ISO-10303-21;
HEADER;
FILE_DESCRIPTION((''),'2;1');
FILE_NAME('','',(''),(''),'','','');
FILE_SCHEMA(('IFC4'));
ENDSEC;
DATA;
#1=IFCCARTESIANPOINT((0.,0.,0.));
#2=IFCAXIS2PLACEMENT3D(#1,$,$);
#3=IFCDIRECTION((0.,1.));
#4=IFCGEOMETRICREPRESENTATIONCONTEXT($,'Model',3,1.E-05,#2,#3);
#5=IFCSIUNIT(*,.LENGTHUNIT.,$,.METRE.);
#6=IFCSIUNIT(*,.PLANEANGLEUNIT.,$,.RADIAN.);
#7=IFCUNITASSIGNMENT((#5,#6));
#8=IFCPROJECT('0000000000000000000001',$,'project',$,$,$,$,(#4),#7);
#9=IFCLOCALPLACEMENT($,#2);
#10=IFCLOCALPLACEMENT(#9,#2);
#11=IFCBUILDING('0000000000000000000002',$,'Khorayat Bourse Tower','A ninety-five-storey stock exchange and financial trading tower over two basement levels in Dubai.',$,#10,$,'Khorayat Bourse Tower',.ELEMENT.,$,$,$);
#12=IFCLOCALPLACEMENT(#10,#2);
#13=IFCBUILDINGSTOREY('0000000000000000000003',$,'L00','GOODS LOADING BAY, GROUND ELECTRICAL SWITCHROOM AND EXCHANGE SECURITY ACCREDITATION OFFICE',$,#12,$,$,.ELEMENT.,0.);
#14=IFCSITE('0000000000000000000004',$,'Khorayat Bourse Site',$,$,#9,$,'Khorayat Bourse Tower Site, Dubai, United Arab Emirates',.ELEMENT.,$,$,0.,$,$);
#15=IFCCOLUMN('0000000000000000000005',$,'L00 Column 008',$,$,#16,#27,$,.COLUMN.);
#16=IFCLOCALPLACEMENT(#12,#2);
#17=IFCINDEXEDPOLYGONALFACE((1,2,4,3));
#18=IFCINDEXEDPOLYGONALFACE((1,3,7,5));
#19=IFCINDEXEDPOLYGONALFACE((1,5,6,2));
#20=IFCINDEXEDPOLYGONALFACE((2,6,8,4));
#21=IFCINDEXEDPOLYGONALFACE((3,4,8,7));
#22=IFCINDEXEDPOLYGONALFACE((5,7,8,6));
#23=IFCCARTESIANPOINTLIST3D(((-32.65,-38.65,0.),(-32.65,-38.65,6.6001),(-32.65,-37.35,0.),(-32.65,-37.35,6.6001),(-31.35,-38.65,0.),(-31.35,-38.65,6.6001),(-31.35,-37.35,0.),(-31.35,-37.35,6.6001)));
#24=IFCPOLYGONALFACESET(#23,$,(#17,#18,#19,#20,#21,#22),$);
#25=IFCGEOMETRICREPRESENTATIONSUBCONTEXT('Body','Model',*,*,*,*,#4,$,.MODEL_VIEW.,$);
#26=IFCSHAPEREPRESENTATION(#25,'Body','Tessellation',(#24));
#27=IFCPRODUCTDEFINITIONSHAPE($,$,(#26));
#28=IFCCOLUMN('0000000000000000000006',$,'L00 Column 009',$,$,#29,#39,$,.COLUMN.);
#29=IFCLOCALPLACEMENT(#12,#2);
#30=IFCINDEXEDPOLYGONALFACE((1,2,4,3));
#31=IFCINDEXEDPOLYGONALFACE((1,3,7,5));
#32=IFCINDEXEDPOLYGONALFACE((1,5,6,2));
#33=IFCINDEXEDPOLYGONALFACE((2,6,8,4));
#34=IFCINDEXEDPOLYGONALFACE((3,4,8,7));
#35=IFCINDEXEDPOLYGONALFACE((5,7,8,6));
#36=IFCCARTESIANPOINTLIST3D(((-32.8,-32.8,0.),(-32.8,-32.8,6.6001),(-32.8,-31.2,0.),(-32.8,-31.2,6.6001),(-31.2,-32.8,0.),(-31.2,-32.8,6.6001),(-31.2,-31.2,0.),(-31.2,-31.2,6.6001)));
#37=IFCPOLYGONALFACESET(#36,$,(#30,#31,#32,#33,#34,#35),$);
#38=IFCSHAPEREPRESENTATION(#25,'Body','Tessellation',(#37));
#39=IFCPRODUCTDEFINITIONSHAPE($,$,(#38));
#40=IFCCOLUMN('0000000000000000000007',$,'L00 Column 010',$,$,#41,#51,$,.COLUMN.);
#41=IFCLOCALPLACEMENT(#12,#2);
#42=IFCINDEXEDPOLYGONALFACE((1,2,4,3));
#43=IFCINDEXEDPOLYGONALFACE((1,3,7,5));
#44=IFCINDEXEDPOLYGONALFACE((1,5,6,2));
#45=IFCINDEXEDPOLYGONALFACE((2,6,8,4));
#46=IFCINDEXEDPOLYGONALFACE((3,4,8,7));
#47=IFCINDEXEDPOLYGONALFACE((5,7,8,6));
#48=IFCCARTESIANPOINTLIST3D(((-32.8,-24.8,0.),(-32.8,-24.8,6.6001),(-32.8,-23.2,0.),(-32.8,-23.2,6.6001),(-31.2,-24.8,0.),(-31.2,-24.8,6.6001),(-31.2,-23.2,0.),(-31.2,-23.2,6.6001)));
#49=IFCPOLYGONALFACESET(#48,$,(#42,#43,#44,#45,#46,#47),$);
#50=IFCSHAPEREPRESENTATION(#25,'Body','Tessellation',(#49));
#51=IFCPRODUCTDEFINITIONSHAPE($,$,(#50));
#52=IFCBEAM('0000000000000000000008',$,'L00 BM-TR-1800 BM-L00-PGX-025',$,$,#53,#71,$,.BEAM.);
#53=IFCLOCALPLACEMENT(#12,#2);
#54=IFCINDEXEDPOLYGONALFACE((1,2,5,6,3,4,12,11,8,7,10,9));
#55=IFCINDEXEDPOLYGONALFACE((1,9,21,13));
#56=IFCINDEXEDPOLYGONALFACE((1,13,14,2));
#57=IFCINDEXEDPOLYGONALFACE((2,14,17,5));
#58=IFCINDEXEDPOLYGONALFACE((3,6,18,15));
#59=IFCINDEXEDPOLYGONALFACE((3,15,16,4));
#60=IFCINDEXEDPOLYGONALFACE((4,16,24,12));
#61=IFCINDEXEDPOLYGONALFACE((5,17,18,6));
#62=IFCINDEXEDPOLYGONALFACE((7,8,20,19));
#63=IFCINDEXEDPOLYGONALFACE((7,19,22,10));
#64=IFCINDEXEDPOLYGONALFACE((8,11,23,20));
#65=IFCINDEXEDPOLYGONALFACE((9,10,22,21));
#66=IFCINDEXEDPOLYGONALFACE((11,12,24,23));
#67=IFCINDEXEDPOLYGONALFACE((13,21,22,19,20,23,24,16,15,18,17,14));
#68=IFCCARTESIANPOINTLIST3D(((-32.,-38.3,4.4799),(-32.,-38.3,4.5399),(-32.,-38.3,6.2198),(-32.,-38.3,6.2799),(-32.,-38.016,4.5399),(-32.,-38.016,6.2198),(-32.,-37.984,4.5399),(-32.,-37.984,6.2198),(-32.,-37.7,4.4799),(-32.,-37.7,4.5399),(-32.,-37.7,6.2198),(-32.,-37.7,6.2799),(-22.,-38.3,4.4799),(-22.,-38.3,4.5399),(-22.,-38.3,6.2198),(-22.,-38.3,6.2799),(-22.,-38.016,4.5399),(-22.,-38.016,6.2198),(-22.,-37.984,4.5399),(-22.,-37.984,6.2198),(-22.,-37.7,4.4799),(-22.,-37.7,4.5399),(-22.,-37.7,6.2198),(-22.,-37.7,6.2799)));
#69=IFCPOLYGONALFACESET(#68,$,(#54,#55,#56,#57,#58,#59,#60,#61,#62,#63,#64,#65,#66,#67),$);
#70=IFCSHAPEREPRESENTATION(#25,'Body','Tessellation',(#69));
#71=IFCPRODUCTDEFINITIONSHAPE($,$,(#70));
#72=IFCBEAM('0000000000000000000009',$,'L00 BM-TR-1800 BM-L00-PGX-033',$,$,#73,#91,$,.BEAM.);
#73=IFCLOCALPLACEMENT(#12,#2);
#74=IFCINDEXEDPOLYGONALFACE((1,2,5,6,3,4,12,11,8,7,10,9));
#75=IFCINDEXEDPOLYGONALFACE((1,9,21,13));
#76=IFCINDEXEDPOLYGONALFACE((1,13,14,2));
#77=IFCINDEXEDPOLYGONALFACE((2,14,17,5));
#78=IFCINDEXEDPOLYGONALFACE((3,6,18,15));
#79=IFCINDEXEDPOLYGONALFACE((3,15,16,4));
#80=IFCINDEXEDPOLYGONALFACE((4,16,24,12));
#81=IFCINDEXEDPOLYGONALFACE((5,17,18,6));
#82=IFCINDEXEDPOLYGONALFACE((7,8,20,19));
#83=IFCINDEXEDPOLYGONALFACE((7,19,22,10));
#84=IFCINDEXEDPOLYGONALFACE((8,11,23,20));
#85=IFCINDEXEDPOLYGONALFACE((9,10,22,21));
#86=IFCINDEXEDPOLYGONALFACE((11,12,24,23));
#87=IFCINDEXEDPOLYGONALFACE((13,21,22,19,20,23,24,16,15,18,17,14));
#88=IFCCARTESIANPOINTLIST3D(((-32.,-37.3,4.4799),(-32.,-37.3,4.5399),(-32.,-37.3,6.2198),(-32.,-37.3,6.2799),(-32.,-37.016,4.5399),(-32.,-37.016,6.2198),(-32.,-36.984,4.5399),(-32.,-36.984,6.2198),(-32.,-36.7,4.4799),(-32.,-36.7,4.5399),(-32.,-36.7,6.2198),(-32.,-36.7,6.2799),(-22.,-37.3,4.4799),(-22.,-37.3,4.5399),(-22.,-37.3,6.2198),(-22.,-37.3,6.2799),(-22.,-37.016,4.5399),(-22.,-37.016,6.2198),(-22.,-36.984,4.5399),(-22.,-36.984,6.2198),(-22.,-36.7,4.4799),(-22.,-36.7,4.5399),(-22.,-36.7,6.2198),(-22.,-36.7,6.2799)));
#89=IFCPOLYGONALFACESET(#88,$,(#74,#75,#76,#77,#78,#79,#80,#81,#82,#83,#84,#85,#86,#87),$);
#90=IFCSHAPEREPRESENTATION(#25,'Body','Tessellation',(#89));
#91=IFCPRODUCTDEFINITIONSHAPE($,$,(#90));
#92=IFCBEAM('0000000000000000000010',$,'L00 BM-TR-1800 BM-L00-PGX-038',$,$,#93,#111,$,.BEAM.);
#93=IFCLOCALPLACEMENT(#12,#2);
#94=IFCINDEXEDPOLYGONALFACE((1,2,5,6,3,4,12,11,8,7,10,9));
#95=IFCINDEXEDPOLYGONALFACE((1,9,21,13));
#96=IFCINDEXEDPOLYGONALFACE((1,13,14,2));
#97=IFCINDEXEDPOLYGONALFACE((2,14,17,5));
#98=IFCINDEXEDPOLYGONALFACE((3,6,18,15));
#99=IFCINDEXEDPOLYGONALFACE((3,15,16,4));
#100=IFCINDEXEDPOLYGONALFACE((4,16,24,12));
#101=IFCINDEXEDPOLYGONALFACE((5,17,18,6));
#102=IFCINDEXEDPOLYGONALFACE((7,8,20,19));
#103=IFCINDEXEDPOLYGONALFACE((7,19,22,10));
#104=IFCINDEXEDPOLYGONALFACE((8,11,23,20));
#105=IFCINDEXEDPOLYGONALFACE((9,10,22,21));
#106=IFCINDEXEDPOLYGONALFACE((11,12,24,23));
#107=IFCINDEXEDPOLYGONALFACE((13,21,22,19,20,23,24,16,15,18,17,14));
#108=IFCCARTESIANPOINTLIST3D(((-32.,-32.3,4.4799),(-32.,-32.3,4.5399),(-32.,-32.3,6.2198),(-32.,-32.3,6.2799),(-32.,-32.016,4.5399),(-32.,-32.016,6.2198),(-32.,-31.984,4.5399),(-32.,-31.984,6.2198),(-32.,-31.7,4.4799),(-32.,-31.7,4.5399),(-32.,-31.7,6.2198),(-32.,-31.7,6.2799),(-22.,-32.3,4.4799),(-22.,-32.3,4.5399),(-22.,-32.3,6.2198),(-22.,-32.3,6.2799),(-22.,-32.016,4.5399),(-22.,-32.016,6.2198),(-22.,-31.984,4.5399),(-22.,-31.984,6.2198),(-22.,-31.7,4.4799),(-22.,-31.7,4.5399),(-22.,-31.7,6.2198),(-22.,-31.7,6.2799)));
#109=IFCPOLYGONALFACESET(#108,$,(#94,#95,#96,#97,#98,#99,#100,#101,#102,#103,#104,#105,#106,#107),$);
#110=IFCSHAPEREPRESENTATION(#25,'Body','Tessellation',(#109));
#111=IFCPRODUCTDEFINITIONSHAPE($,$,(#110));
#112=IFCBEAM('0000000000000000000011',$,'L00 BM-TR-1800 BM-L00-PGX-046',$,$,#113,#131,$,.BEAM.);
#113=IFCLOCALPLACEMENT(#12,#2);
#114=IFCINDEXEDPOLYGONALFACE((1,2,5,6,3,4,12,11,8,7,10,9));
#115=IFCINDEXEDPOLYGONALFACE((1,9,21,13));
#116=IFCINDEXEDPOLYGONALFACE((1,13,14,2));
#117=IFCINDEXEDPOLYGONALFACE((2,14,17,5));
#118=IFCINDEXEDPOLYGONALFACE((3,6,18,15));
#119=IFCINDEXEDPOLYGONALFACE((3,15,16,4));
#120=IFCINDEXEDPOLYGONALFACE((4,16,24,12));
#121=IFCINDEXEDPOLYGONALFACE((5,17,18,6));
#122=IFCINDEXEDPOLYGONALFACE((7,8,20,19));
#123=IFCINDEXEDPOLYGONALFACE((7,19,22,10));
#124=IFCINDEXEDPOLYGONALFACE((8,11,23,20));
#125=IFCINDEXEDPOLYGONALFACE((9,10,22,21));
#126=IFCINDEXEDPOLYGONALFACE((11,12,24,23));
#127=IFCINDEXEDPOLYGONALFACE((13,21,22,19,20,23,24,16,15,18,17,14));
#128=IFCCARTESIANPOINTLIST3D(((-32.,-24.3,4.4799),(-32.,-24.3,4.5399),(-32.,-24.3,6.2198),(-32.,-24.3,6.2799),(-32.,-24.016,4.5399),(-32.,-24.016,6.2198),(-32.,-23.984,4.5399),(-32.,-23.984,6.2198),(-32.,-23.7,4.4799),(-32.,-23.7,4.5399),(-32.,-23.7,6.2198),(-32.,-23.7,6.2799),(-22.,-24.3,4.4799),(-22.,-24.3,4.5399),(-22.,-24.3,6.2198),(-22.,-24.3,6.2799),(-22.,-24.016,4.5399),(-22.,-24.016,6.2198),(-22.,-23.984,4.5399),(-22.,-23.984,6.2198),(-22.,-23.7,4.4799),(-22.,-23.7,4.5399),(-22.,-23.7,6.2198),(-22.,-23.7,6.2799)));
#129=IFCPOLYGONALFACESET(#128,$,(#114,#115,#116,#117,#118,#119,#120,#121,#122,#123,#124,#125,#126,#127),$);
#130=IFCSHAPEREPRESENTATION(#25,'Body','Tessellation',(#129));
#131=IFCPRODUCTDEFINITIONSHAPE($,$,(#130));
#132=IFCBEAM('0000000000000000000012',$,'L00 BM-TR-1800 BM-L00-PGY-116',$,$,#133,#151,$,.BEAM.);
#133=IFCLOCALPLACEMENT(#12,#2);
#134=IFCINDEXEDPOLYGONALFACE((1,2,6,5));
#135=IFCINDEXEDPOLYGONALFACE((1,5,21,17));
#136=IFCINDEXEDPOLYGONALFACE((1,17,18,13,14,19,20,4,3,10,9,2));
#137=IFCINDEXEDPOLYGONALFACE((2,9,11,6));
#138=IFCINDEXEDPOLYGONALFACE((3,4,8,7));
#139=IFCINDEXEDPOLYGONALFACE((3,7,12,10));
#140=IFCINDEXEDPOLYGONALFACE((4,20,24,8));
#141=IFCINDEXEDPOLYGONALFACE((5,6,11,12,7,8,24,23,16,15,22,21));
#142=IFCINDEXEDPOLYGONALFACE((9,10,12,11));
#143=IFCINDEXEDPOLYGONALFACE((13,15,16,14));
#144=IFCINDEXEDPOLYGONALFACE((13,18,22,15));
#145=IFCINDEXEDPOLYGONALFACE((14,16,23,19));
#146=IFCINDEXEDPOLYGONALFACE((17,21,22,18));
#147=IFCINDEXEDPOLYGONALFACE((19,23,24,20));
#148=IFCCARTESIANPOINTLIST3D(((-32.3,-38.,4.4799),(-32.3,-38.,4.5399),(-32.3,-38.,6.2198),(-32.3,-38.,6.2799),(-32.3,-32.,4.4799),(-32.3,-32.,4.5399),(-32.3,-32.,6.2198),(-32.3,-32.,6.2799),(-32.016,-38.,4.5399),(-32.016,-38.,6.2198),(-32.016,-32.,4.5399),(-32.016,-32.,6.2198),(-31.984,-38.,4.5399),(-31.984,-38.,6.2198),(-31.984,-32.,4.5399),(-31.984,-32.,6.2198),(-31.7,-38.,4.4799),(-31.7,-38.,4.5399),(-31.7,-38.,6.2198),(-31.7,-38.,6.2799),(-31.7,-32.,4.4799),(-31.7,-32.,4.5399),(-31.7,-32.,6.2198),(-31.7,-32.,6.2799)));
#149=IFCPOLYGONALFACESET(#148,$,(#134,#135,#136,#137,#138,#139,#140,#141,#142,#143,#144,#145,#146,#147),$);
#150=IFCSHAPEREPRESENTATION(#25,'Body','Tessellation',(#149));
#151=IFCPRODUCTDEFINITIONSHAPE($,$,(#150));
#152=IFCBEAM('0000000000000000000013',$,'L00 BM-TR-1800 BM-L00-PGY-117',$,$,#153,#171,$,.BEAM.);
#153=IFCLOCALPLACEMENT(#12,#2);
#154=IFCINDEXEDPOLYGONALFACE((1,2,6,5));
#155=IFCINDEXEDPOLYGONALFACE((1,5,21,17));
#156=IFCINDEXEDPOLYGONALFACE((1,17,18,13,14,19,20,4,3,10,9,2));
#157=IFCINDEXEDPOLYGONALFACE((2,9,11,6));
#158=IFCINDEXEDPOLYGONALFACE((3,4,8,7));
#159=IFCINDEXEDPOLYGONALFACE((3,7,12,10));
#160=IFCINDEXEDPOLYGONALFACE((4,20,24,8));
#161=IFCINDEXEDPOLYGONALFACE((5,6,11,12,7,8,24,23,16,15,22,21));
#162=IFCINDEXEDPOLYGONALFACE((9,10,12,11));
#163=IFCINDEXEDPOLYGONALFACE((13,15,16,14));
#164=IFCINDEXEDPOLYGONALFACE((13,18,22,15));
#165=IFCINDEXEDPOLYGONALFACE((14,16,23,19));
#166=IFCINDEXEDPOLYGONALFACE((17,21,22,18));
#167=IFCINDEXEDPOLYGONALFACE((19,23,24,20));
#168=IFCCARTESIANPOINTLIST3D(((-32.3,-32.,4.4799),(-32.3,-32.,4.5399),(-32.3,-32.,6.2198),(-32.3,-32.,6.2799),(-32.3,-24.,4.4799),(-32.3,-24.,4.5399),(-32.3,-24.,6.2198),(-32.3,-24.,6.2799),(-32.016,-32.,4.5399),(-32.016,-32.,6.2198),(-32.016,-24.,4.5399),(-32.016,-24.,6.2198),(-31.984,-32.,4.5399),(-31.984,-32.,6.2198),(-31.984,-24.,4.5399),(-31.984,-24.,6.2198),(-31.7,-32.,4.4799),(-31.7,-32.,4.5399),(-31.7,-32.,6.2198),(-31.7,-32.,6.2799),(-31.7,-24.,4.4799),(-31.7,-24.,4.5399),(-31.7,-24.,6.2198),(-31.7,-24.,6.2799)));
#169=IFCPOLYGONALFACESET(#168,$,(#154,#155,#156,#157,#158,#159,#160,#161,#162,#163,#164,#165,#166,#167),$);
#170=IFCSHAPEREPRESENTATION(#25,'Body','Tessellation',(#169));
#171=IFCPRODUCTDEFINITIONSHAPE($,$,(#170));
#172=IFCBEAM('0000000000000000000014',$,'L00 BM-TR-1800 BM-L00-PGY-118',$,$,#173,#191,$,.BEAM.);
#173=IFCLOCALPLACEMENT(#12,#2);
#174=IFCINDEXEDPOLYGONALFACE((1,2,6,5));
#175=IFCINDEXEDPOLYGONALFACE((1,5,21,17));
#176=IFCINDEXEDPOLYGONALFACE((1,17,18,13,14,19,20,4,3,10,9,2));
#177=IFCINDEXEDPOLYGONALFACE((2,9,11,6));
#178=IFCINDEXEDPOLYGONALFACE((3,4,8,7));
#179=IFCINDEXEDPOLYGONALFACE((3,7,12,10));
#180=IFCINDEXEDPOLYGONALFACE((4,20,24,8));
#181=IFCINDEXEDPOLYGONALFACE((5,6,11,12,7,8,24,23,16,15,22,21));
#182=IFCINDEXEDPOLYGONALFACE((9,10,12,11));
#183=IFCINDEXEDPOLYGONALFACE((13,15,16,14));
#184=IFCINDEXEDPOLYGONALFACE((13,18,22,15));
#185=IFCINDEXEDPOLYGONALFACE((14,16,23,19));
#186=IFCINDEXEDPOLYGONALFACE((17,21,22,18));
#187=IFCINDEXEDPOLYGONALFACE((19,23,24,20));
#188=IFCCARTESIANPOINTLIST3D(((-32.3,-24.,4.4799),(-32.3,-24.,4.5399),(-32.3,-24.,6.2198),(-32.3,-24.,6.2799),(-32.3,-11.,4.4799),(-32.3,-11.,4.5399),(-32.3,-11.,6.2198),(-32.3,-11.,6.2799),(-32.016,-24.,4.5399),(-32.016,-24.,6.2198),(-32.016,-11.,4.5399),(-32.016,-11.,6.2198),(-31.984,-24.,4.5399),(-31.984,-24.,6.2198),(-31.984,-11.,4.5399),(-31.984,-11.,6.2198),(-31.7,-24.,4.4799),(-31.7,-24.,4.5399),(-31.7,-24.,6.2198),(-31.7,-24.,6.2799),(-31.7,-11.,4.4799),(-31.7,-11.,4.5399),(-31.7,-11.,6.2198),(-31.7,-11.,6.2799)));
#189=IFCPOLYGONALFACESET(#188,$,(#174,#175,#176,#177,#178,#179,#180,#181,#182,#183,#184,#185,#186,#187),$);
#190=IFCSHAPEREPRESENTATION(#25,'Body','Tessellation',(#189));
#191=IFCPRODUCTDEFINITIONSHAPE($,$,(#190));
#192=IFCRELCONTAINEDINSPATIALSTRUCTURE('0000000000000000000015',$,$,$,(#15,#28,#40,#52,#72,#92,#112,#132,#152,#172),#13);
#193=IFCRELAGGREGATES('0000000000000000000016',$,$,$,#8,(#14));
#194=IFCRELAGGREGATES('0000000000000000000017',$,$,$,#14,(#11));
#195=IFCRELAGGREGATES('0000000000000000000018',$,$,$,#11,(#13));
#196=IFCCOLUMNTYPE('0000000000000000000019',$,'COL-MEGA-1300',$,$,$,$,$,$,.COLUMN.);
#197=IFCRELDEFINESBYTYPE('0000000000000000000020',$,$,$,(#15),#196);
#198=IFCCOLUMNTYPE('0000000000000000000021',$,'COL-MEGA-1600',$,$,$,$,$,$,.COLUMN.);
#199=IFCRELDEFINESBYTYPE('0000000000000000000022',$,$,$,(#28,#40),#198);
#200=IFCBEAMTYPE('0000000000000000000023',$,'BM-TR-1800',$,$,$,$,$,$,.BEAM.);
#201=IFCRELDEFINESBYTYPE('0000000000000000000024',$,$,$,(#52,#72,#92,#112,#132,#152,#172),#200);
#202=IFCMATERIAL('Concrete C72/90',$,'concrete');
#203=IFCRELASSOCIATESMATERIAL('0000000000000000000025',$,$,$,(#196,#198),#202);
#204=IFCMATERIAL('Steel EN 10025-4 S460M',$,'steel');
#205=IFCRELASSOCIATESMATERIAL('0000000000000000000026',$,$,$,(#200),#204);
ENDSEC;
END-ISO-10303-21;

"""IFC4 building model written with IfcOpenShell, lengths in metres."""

from ifc_helpers import new_model, si_unit, direction, frame, origin, origin_2d, place, context, subcontext, project, spatial, rectangle, i_section, extrude, source, transform, mapped, material, material_profile, profile_set, type_object, element, save


model = new_model("IFC4")

# Units and contexts
model_context = context("Model", 3, precision=1e-05, world=origin(), true_north=direction((0.0, 1.0)))
body_context = subcontext(model_context, "Body", "Model", "MODEL_VIEW")
ifc_project = project(units=[si_unit("LENGTHUNIT", "METRE"), si_unit("PLANEANGLEUNIT", "RADIAN")], contexts=[model_context])

# Site, building, storey
site_placement = place(None, origin())
site = spatial("IfcSite", under=ifc_project, at=site_placement, Name="Khorayat Bourse Site", LongName="Khorayat Bourse Tower Site, Dubai, United Arab Emirates", CompositionType="ELEMENT", RefElevation=0.0)
building_placement = place(site_placement, origin())
building = spatial("IfcBuilding", under=site, at=building_placement, Name="Khorayat Bourse Tower", Description="A ninety-five-storey stock exchange and financial trading tower over two basement levels in Dubai.", LongName="Khorayat Bourse Tower", CompositionType="ELEMENT")
storey_placement = place(building_placement, origin())
storey = spatial("IfcBuildingStorey", under=building, at=storey_placement, Name="L00", Description="GOODS LOADING BAY, GROUND ELECTRICAL SWITCHROOM AND EXCHANGE SECURITY ACCREDITATION OFFICE", CompositionType="ELEMENT", Elevation=0.0)

# Columns
ifc_material_1 = material(Name="Concrete C72/90", Category="concrete")
ifc_material_profile_1 = material_profile(ifc_material_1, rectangle(XDim=1.3, YDim=1.3, at=origin_2d()), Name="RC 1300x1300")
ifc_profile_set_1 = profile_set([ifc_material_profile_1], Name="Concrete C72/90")
column_type_1 = type_object("IfcColumnType", Name="COL-MEGA-1300", PredefinedType="COLUMN", material=ifc_profile_set_1)
shared_shape_1 = source(origin(), body_context, "Body", "SweptSolid", [
    extrude(rectangle(XDim=1.3, YDim=1.3, at=origin_2d()), origin(), (0.0, 0.0, 1.0), 6.6001),
])
column_placement = place(storey_placement, frame((-32.0, -38.0, 0.0), z_axis=(0.0, 0.0, 1.0), x_axis=(1.0, 0.0, 0.0)))
element("IfcColumn", 1, at=column_placement, inside=storey, type_object=column_type_1, Name="L00 Column 008", PredefinedType="COLUMN", context=body_context, shape_type="MappedRepresentation", body=[
    mapped(shared_shape_1, transform((0.0, 0.0, 0.0), scale=1.0)),
])
ifc_material_profile_2 = material_profile(ifc_material_1, rectangle(XDim=1.6001, YDim=1.6001, at=origin_2d()), Name="RC 1600x1600")
ifc_profile_set_2 = profile_set([ifc_material_profile_2], Name="Concrete C72/90")
column_type_2 = type_object("IfcColumnType", Name="COL-MEGA-1600", PredefinedType="COLUMN", material=ifc_profile_set_2)
shared_shape_2 = source(origin(), body_context, "Body", "SweptSolid", [
    extrude(rectangle(XDim=1.6001, YDim=1.6001, at=origin_2d()), origin(), (0.0, 0.0, 1.0), 6.6001),
])
for number, where, z_axis, x_axis, name in (
    (2, (-32.0, -32.0, 0.0), (0.0, 0.0, 1.0), (1.0, 0.0, 0.0), "L00 Column 009"),
    (3, (-32.0, -24.0, 0.0), (0.0, 0.0, 1.0), (1.0, 0.0, 0.0), "L00 Column 010"),
):
    element("IfcColumn", number, at=place(storey_placement, frame(where, z_axis=z_axis, x_axis=x_axis)), inside=storey, type_object=column_type_2, Name=name, PredefinedType="COLUMN", context=body_context, shape_type="MappedRepresentation", body=[
        mapped(shared_shape_2, transform((0.0, 0.0, 0.0), scale=1.0)),
    ])

# Beams
ifc_material_2 = material(Name="Steel EN 10025-4 S460M", Category="steel")
ifc_material_profile_3 = material_profile(ifc_material_2, i_section(OverallWidth=0.6001, OverallDepth=1.8, WebThickness=0.032, FlangeThickness=0.0601, at=origin_2d()), Name="PG 1800x600x32x60")
ifc_profile_set_3 = profile_set([ifc_material_profile_3], Name="Steel EN 10025-4 S460M")
beam_type = type_object("IfcBeamType", Name="BM-TR-1800", PredefinedType="BEAM", material=ifc_profile_set_3)
shared_shape_3 = source(origin(), body_context, "Body", "SweptSolid", [
    extrude(i_section(OverallWidth=0.6001, OverallDepth=1.8, WebThickness=0.032, FlangeThickness=0.0601, at=origin_2d()), origin(), (0.0, 0.0, 1.0), 10.0),
])
for number, where, z_axis, x_axis, name in (
    (4, (-32.0, -38.0, 5.3799), (1.0, 0.0, 0.0), (0.0, 1.0, 0.0), "L00 BM-TR-1800 BM-L00-PGX-025"),
    (5, (-32.0, -37.0, 5.3799), (1.0, 0.0, 0.0), (0.0, 1.0, 0.0), "L00 BM-TR-1800 BM-L00-PGX-033"),
    (6, (-32.0, -32.0, 5.3799), (1.0, 0.0, 0.0), (0.0, 1.0, 0.0), "L00 BM-TR-1800 BM-L00-PGX-038"),
    (7, (-32.0, -24.0, 5.3799), (1.0, 0.0, 0.0), (0.0, 1.0, 0.0), "L00 BM-TR-1800 BM-L00-PGX-046"),
):
    element("IfcBeam", number, at=place(storey_placement, frame(where, z_axis=z_axis, x_axis=x_axis)), inside=storey, type_object=beam_type, Name=name, PredefinedType="BEAM", context=body_context, shape_type="MappedRepresentation", body=[
        mapped(shared_shape_3, transform((0.0, 0.0, 0.0), scale=1.0)),
    ])
shared_shape_4 = source(origin(), body_context, "Body", "SweptSolid", [
    extrude(i_section(OverallWidth=0.6001, OverallDepth=1.8, WebThickness=0.032, FlangeThickness=0.0601, at=origin_2d()), origin(), (0.0, 0.0, 1.0), 6.0),
])
beam_1_placement = place(storey_placement, frame((-32.0, -38.0, 5.3799), z_axis=(0.0, 1.0, 0.0), x_axis=(-1.0, 0.0, 0.0)))
element("IfcBeam", 8, at=beam_1_placement, inside=storey, type_object=beam_type, Name="L00 BM-TR-1800 BM-L00-PGY-116", PredefinedType="BEAM", context=body_context, shape_type="MappedRepresentation", body=[
    mapped(shared_shape_4, transform((0.0, 0.0, 0.0), scale=1.0)),
])
shared_shape_5 = source(origin(), body_context, "Body", "SweptSolid", [
    extrude(i_section(OverallWidth=0.6001, OverallDepth=1.8, WebThickness=0.032, FlangeThickness=0.0601, at=origin_2d()), origin(), (0.0, 0.0, 1.0), 8.0),
])
beam_2_placement = place(storey_placement, frame((-32.0, -32.0, 5.3799), z_axis=(0.0, 1.0, 0.0), x_axis=(-1.0, 0.0, 0.0)))
element("IfcBeam", 9, at=beam_2_placement, inside=storey, type_object=beam_type, Name="L00 BM-TR-1800 BM-L00-PGY-117", PredefinedType="BEAM", context=body_context, shape_type="MappedRepresentation", body=[
    mapped(shared_shape_5, transform((0.0, 0.0, 0.0), scale=1.0)),
])
shared_shape_6 = source(origin(), body_context, "Body", "SweptSolid", [
    extrude(i_section(OverallWidth=0.6001, OverallDepth=1.8, WebThickness=0.032, FlangeThickness=0.0601, at=origin_2d()), origin(), (0.0, 0.0, 1.0), 13.0),
])
beam_3_placement = place(storey_placement, frame((-32.0, -24.0, 5.3799), z_axis=(0.0, 1.0, 0.0), x_axis=(-1.0, 0.0, 0.0)))
element("IfcBeam", 10, at=beam_3_placement, inside=storey, type_object=beam_type, Name="L00 BM-TR-1800 BM-L00-PGY-118", PredefinedType="BEAM", context=body_context, shape_type="MappedRepresentation", body=[
    mapped(shared_shape_6, transform((0.0, 0.0, 0.0), scale=1.0)),
])

save(model, "model.ifc")
